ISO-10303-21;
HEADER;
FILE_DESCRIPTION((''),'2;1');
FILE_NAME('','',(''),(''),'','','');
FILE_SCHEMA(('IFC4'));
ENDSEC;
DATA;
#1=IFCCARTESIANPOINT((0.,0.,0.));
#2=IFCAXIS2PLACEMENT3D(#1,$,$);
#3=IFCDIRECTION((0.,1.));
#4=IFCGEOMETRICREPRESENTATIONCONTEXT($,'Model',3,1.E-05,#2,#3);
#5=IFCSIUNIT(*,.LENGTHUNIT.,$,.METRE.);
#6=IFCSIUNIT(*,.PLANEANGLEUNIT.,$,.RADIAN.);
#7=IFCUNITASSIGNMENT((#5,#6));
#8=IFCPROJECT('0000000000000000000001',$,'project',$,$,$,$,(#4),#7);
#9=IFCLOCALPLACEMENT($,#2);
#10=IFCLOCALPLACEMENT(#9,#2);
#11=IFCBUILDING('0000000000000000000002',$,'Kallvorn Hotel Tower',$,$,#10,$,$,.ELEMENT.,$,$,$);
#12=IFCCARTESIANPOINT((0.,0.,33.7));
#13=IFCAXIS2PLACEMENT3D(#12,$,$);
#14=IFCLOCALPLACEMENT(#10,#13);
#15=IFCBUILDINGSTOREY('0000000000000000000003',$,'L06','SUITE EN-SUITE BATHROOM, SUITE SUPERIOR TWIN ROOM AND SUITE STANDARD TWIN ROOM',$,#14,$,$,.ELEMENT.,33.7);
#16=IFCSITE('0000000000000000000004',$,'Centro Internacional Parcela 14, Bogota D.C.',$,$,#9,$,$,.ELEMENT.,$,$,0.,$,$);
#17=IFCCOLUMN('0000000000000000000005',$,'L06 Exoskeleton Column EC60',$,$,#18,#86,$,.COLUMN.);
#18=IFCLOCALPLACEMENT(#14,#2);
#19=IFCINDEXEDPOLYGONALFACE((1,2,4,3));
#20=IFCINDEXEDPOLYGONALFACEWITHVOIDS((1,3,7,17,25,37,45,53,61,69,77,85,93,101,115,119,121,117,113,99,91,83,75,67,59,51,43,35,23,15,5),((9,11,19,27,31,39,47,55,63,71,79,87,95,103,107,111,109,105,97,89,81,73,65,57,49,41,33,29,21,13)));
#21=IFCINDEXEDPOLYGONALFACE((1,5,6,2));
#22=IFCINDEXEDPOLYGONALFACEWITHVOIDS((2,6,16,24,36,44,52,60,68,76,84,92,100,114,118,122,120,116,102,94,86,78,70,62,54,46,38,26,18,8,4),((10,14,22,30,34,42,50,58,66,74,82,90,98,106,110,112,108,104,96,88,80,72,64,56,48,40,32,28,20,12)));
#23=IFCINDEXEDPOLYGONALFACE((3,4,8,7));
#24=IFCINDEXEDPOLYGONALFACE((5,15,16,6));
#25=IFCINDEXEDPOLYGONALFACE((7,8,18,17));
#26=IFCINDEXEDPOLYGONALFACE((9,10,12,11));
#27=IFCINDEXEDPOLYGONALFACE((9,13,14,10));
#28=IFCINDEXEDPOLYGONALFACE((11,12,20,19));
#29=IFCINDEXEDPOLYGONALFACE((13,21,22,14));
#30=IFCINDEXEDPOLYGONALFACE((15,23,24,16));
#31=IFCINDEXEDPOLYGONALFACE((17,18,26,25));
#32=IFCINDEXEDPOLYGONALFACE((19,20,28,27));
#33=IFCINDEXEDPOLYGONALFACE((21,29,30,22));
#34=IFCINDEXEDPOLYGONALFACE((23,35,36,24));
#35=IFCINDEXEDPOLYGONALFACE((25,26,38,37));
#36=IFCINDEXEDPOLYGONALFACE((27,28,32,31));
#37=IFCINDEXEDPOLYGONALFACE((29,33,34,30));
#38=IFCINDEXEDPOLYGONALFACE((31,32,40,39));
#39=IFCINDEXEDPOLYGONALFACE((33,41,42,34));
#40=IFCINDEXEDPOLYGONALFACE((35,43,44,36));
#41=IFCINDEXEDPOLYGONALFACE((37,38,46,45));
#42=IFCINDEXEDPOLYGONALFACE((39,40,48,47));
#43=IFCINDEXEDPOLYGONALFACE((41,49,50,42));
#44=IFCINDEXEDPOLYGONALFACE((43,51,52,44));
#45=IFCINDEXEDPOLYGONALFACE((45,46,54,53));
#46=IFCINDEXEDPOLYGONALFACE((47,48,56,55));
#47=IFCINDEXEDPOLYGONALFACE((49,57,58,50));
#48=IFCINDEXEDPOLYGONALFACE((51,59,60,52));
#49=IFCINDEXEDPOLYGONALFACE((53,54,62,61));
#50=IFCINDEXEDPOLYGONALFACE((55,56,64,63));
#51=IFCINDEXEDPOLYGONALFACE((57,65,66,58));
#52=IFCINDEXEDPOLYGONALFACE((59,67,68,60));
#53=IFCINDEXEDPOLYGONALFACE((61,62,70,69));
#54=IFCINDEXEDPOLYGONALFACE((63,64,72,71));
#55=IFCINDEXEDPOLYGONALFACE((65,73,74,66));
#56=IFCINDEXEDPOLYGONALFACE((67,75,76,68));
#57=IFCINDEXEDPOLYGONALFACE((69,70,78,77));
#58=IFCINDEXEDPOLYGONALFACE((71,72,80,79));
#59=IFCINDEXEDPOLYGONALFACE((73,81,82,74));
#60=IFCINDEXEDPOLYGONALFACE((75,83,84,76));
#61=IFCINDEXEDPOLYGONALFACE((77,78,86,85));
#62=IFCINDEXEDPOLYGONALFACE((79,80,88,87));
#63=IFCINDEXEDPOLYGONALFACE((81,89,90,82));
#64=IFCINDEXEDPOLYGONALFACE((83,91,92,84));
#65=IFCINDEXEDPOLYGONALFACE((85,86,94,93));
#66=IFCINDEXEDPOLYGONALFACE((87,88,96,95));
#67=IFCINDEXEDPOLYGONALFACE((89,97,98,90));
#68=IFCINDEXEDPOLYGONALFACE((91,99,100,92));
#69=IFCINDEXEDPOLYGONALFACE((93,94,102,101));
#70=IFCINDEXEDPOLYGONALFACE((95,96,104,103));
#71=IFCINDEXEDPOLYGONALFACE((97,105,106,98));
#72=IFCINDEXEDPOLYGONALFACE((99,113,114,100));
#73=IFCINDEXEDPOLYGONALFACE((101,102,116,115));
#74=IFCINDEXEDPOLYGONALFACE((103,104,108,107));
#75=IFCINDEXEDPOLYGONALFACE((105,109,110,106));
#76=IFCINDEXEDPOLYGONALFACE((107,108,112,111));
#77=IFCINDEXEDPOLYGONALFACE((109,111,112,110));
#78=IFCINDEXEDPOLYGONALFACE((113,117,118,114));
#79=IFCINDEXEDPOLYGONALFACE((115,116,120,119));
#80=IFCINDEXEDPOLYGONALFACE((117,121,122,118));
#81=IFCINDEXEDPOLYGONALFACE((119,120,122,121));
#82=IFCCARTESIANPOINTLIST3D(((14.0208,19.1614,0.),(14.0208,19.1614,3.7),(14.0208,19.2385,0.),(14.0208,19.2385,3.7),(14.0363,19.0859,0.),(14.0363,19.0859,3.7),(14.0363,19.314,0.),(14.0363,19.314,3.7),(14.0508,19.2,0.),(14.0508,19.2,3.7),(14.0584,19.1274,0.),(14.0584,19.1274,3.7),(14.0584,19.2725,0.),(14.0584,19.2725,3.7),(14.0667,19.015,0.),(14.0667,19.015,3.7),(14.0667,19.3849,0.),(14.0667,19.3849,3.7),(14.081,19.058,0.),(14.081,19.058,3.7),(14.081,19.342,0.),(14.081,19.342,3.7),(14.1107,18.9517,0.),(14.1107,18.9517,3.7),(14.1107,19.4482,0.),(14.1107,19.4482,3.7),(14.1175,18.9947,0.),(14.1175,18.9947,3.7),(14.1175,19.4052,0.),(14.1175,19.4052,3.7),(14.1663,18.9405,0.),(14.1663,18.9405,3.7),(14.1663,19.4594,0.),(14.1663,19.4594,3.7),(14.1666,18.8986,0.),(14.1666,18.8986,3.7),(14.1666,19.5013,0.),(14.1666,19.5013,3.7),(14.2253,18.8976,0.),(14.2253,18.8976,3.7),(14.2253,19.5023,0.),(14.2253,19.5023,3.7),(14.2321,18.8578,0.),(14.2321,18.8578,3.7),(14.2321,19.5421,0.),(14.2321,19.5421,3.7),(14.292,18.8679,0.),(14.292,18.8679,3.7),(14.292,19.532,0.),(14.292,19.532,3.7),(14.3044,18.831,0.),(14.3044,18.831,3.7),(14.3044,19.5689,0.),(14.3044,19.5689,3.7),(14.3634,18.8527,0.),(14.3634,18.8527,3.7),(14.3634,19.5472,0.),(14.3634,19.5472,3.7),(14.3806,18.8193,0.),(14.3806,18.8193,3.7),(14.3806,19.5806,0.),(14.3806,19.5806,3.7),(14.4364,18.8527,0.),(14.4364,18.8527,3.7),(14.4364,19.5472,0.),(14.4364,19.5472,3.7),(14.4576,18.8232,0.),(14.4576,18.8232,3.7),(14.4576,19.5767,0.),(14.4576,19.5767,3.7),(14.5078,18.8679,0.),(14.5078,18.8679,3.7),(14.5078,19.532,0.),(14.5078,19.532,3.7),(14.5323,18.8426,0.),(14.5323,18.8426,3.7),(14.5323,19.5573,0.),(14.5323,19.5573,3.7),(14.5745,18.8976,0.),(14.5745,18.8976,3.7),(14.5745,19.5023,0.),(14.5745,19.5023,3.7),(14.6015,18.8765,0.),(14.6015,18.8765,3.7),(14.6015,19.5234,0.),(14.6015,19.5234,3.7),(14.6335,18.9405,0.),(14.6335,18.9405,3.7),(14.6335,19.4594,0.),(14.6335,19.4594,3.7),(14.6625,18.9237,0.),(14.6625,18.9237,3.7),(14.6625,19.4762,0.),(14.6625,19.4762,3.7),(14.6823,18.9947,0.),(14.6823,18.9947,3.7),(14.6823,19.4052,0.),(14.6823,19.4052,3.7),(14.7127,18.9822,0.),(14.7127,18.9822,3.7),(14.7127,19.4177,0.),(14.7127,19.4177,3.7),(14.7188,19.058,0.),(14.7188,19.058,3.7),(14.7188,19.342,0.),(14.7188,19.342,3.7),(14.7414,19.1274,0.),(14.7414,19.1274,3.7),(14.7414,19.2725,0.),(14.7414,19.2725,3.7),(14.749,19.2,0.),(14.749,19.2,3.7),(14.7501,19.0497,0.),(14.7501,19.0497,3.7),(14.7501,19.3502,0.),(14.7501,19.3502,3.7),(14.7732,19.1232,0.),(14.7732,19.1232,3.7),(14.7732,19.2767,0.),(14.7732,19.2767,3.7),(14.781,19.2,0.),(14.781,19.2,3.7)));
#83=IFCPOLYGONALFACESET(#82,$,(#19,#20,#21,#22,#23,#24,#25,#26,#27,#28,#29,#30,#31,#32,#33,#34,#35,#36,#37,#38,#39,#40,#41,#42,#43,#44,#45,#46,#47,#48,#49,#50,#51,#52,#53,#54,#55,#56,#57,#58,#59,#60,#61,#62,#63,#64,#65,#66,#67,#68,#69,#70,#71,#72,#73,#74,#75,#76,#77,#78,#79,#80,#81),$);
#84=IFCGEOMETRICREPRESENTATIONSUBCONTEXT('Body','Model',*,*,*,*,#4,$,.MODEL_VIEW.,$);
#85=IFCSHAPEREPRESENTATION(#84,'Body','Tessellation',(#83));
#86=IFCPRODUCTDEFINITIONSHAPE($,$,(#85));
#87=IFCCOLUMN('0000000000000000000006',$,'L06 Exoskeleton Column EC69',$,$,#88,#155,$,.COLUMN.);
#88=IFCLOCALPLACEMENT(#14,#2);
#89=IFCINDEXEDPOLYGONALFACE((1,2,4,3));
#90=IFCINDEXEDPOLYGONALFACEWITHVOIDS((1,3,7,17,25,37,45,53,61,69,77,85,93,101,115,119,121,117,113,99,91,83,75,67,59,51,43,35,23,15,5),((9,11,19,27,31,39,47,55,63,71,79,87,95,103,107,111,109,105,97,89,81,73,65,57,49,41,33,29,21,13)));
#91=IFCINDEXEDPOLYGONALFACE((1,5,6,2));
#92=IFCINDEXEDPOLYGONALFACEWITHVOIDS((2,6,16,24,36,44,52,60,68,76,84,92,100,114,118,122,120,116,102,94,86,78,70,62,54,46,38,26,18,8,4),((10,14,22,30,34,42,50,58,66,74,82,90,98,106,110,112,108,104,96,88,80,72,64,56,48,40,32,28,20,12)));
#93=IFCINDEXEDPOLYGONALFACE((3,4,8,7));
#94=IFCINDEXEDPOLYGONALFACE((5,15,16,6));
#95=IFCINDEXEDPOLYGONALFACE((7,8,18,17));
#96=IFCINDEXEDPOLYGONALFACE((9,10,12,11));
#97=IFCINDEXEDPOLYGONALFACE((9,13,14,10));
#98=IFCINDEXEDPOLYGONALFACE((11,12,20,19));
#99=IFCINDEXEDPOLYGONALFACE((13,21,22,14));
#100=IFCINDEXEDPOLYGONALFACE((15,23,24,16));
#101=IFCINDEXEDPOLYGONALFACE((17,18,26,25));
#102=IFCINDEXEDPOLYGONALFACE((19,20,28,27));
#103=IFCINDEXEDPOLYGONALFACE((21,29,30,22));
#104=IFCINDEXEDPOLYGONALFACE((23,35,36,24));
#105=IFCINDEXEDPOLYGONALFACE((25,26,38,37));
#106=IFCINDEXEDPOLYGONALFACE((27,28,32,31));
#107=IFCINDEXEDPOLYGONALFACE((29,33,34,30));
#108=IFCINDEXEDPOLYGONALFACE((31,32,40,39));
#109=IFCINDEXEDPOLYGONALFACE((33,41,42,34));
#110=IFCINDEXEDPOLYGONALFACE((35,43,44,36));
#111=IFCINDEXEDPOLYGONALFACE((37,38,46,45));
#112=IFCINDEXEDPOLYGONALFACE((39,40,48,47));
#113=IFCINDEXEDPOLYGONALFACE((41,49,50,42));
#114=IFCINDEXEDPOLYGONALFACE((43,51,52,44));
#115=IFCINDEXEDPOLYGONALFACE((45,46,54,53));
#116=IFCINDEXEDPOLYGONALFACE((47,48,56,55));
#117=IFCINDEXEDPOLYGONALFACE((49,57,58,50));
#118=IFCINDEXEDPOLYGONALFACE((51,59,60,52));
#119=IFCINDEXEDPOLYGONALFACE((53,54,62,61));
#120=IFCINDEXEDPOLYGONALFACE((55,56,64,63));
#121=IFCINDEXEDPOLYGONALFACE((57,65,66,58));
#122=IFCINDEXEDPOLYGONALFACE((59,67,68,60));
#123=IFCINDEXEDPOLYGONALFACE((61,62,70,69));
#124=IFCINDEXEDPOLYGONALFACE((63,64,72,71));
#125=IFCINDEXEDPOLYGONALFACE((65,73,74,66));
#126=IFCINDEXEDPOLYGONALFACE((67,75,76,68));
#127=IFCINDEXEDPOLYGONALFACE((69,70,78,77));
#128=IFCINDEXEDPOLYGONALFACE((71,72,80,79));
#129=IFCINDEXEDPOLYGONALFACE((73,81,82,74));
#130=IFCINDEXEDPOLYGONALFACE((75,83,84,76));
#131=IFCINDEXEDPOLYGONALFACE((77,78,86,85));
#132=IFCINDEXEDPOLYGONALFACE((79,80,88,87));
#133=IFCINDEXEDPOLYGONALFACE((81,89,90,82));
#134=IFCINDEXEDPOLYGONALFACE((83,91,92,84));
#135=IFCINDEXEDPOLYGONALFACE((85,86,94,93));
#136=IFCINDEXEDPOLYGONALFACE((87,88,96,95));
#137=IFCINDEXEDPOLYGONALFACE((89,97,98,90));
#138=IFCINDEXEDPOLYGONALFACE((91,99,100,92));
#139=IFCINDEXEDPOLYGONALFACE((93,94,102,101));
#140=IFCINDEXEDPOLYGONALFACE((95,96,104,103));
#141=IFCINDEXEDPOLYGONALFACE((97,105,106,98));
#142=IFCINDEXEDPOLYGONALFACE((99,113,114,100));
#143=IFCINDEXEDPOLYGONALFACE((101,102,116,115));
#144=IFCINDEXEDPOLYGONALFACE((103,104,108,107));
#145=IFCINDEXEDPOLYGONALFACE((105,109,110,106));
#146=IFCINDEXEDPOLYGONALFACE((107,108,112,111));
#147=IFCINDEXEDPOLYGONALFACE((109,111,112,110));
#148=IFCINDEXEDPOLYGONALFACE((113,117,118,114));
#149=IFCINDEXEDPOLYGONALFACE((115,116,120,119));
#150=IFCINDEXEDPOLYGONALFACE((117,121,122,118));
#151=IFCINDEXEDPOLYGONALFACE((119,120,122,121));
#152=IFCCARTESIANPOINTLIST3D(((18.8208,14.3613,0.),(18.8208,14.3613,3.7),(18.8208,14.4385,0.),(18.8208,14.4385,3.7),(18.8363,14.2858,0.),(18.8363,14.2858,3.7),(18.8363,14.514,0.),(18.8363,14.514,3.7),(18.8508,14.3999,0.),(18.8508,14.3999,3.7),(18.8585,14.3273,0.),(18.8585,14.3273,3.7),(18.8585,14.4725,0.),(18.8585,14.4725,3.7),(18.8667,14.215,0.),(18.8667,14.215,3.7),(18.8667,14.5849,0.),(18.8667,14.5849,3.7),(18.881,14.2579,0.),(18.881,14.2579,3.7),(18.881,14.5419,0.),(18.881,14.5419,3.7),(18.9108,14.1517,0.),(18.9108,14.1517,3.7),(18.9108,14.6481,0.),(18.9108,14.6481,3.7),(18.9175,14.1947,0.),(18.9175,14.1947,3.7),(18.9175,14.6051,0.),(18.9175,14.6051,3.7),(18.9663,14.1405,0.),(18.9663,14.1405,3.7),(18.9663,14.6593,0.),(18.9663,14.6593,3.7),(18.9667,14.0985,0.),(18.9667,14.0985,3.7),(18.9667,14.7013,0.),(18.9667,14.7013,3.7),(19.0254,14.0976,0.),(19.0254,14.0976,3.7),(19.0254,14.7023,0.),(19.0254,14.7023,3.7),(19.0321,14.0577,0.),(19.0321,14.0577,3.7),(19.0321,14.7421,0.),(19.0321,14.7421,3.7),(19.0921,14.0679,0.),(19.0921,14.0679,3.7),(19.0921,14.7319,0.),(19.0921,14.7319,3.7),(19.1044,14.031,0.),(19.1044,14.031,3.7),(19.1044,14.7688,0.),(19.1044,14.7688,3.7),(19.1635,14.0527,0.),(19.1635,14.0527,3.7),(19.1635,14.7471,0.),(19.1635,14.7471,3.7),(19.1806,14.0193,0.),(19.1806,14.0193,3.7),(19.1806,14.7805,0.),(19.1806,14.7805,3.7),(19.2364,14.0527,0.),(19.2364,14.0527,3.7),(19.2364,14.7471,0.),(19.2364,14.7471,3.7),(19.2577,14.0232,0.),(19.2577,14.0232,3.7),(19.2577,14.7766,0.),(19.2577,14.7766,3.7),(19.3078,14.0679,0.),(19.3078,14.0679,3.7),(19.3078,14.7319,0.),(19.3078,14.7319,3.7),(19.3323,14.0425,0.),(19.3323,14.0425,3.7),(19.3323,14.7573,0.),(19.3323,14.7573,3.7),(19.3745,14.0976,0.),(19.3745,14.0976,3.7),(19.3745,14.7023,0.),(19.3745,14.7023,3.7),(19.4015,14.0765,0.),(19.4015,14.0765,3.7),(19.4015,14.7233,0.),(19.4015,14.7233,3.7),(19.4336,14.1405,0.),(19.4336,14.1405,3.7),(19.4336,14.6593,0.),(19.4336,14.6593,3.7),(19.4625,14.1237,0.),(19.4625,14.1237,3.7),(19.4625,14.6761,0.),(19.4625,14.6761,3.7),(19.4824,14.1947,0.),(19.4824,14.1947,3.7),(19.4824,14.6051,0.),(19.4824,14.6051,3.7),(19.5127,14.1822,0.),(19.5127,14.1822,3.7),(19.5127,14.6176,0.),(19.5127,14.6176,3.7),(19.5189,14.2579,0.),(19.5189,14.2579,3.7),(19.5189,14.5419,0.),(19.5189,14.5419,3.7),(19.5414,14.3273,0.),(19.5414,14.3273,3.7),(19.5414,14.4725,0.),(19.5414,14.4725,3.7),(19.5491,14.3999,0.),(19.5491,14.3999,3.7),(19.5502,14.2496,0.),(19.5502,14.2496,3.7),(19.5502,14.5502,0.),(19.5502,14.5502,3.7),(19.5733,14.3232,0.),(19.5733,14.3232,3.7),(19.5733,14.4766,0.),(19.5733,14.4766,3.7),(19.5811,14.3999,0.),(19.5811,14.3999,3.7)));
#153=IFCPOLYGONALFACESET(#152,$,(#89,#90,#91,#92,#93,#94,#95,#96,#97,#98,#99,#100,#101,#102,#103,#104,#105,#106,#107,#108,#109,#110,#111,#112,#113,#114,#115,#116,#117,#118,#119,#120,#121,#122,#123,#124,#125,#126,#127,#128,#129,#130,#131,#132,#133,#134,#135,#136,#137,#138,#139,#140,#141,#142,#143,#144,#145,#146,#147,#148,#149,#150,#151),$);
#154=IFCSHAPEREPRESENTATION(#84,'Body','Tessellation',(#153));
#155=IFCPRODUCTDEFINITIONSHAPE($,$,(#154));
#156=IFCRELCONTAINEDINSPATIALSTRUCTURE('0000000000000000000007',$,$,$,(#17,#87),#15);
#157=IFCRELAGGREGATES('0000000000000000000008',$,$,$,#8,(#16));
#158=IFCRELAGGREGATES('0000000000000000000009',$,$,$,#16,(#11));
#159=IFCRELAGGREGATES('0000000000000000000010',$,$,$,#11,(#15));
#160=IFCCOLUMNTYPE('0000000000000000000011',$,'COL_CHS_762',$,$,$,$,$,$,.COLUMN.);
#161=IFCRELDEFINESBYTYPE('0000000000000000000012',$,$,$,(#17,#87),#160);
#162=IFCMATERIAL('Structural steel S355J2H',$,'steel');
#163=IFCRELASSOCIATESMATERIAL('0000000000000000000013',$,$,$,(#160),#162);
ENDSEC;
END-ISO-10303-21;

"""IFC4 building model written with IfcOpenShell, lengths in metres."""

from ifc_helpers import new_model, si_unit, direction, frame, origin, origin_2d, place, context, subcontext, project, spatial, hollow_circle, extrude, material, material_profile, profile_set, type_object, element, save


model = new_model("IFC4")

# Units and contexts
model_context = context("Model", 3, precision=1e-05, world=origin(), true_north=direction((0.0, 1.0)))
body_context = subcontext(model_context, "Body", "Model", "MODEL_VIEW")
ifc_project = project(units=[si_unit("LENGTHUNIT", "METRE"), si_unit("PLANEANGLEUNIT", "RADIAN")], contexts=[model_context])

# Site, building, storey
site_placement = place(None, origin())
site = spatial("IfcSite", under=ifc_project, at=site_placement, Name="Centro Internacional Parcela 14, Bogota D.C.", CompositionType="ELEMENT", RefElevation=0.0)
building_placement = place(site_placement, origin())
building = spatial("IfcBuilding", under=site, at=building_placement, Name="Kallvorn Hotel Tower", CompositionType="ELEMENT")
storey_placement = place(building_placement, frame((0.0, 0.0, 33.7)))
storey = spatial("IfcBuildingStorey", under=building, at=storey_placement, Name="L06", Description="SUITE EN-SUITE BATHROOM, SUITE SUPERIOR TWIN ROOM AND SUITE STANDARD TWIN ROOM", CompositionType="ELEMENT", Elevation=33.7)

# Columns
ifc_material_1 = material(Name="Structural steel S355J2H", Category="steel")
ifc_material_profile_1 = material_profile(ifc_material_1, hollow_circle(Radius=0.3811, WallThickness=0.032, at=origin_2d()), Name="CHS 762x32")
ifc_profile_set_1 = profile_set([ifc_material_profile_1], Name="Structural steel S355J2H")
column_type_1 = type_object("IfcColumnType", Name="COL_CHS_762", PredefinedType="COLUMN", material=ifc_profile_set_1)
for number, where, z_axis, x_axis, name in (
    (1, (14.3999, 19.2, 0.0), (0.0, 0.0, 1.0), (1.0, 0.0, 0.0), "L06 Exoskeleton Column EC60"),
    (2, (19.2, 14.3999, 0.0), (0.0, 0.0, 1.0), (1.0, 0.0, 0.0), "L06 Exoskeleton Column EC69"),
):
    element("IfcColumn", number, at=place(storey_placement, frame(where, z_axis=z_axis, x_axis=x_axis)), inside=storey, type_object=column_type_1, Name=name, PredefinedType="COLUMN", context=body_context, shape_type="SweptSolid", body=[
        extrude(hollow_circle(Radius=0.3811, WallThickness=0.032, at=origin_2d()), origin(), (0.0, 0.0, 1.0), 3.7),
    ])

save(model, "model.ifc")
